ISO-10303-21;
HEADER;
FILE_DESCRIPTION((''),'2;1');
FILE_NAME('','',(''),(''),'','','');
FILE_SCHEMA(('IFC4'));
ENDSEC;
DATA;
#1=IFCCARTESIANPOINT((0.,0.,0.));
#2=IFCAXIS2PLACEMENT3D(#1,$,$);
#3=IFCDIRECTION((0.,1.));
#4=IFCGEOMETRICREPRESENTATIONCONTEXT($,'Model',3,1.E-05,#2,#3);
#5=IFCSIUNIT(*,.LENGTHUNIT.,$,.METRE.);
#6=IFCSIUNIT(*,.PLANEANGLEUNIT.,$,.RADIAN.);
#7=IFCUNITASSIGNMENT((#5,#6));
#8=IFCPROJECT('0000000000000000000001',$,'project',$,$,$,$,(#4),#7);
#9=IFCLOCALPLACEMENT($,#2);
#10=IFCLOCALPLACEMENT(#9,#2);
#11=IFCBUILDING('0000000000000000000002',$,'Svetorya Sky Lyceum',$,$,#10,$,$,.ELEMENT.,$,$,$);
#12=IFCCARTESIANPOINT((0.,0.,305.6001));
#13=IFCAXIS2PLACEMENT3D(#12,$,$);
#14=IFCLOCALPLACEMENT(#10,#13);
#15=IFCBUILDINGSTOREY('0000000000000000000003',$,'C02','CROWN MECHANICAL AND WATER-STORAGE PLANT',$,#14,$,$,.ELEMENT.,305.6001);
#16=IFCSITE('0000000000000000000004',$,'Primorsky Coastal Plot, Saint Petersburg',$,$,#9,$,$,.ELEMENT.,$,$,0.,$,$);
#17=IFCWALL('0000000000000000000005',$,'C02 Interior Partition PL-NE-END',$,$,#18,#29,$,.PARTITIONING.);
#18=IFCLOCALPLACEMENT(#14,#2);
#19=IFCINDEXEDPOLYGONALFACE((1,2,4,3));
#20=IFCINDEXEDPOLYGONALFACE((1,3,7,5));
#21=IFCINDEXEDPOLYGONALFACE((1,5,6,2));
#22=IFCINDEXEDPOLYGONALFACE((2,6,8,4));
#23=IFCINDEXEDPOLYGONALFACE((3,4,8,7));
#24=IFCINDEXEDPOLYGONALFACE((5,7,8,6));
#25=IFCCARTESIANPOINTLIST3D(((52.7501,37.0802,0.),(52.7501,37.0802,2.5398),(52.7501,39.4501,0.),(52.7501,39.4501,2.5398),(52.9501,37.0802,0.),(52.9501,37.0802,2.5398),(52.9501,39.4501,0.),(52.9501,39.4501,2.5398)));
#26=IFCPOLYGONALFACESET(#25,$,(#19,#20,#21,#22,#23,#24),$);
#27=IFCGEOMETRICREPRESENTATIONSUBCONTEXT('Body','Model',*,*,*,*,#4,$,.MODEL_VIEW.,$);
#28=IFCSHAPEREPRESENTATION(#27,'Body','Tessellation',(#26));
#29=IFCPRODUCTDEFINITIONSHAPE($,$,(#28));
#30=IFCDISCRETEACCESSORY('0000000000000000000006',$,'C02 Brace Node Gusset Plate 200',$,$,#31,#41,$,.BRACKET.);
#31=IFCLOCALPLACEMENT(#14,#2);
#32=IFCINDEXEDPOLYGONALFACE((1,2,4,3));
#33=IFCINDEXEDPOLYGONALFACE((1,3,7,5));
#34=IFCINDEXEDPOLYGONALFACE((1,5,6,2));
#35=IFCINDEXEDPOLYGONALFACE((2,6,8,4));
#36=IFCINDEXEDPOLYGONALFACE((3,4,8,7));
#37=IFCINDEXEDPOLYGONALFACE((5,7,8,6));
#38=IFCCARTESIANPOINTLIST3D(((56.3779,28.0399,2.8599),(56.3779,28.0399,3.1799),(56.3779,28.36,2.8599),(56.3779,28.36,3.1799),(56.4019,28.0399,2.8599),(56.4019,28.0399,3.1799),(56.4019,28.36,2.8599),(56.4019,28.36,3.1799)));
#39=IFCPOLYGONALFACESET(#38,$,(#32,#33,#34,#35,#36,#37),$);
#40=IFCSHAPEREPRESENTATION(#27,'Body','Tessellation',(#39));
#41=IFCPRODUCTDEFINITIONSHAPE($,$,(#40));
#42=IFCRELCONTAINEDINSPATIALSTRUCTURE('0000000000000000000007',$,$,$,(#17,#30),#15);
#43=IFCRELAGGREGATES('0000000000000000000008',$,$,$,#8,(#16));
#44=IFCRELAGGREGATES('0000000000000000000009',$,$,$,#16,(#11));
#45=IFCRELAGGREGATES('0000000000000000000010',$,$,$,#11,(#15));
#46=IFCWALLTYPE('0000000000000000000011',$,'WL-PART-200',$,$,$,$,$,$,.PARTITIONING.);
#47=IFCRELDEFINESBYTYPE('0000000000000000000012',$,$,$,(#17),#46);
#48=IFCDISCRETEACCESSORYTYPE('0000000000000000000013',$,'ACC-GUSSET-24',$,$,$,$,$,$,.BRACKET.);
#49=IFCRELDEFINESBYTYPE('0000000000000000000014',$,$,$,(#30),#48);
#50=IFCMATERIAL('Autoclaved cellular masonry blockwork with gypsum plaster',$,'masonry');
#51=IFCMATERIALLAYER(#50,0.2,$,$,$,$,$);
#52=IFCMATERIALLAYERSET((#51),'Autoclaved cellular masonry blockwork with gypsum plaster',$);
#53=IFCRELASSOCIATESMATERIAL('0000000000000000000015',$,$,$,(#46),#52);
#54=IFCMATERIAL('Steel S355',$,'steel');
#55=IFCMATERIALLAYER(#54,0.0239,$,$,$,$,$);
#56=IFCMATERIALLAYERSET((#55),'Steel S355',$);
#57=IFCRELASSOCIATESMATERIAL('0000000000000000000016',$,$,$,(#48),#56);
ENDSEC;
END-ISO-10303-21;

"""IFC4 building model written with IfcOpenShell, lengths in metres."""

from ifc_helpers import new_model, si_unit, direction, frame, frame_2d, origin, origin_2d, place, context, subcontext, project, spatial, rectangle, extrude, material, layer, layer_set, type_object, element, save


model = new_model("IFC4")

# Units and contexts
model_context = context("Model", 3, precision=1e-05, world=origin(), true_north=direction((0.0, 1.0)))
body_context = subcontext(model_context, "Body", "Model", "MODEL_VIEW")
ifc_project = project(units=[si_unit("LENGTHUNIT", "METRE"), si_unit("PLANEANGLEUNIT", "RADIAN")], contexts=[model_context])

# Site, building, storey
site_placement = place(None, origin())
site = spatial("IfcSite", under=ifc_project, at=site_placement, Name="Primorsky Coastal Plot, Saint Petersburg", CompositionType="ELEMENT", RefElevation=0.0)
building_placement = place(site_placement, origin())
building = spatial("IfcBuilding", under=site, at=building_placement, Name="Svetorya Sky Lyceum", CompositionType="ELEMENT")
storey_placement = place(building_placement, frame((0.0, 0.0, 305.6001)))
storey = spatial("IfcBuildingStorey", under=building, at=storey_placement, Name="C02", Description="CROWN MECHANICAL AND WATER-STORAGE PLANT", CompositionType="ELEMENT", Elevation=305.6001)

# Shared definitions
ifc_material_1 = material(Name="Steel S355", Category="steel")

# Shared definitions
ifc_material_2 = material(Name="Autoclaved cellular masonry blockwork with gypsum plaster", Category="masonry")
ifc_layer_1 = layer(ifc_material_2, 0.2)
ifc_layer_set_1 = layer_set([ifc_layer_1], Name="Autoclaved cellular masonry blockwork with gypsum plaster")
wall_type_1 = type_object("IfcWallType", Name="WL-PART-200", PredefinedType="PARTITIONING", material=ifc_layer_set_1)

# Wall
wall_1_placement = place(storey_placement, frame((52.8501, 37.0801, 0.0), z_axis=(0.0, 0.0, 1.0), x_axis=(0.0, 1.0, 0.0)))
element("IfcWall", 1, at=wall_1_placement, inside=storey, type_object=wall_type_1, Name="C02 Interior Partition PL-NE-END", PredefinedType="PARTITIONING", context=body_context, shape_type="SweptSolid", body=[
    extrude(rectangle(XDim=2.3699, YDim=0.2, at=frame_2d((1.1851, 0.0))), origin(), (0.0, 0.0, 1.0), 2.5398),
])

# Discrete accessory
ifc_layer_2 = layer(ifc_material_1, 0.0239)
ifc_layer_set_2 = layer_set([ifc_layer_2], Name="Steel S355")
discrete_accessory_type = type_object("IfcDiscreteAccessoryType", Name="ACC-GUSSET-24", PredefinedType="BRACKET", material=ifc_layer_set_2)
discrete_accessory_placement = place(storey_placement, frame((56.3899, 28.2, 2.8599), z_axis=(0.0, 0.0, 1.0), x_axis=(1.0, 0.0, 0.0)))
element("IfcDiscreteAccessory", 2, at=discrete_accessory_placement, inside=storey, type_object=discrete_accessory_type, Name="C02 Brace Node Gusset Plate 200", PredefinedType="BRACKET", context=body_context, shape_type="SweptSolid", body=[
    extrude(rectangle(XDim=0.0239, YDim=0.3201, at=origin_2d()), origin(), (0.0, 0.0, 1.0), 0.3201),
])

save(model, "model.ifc")
